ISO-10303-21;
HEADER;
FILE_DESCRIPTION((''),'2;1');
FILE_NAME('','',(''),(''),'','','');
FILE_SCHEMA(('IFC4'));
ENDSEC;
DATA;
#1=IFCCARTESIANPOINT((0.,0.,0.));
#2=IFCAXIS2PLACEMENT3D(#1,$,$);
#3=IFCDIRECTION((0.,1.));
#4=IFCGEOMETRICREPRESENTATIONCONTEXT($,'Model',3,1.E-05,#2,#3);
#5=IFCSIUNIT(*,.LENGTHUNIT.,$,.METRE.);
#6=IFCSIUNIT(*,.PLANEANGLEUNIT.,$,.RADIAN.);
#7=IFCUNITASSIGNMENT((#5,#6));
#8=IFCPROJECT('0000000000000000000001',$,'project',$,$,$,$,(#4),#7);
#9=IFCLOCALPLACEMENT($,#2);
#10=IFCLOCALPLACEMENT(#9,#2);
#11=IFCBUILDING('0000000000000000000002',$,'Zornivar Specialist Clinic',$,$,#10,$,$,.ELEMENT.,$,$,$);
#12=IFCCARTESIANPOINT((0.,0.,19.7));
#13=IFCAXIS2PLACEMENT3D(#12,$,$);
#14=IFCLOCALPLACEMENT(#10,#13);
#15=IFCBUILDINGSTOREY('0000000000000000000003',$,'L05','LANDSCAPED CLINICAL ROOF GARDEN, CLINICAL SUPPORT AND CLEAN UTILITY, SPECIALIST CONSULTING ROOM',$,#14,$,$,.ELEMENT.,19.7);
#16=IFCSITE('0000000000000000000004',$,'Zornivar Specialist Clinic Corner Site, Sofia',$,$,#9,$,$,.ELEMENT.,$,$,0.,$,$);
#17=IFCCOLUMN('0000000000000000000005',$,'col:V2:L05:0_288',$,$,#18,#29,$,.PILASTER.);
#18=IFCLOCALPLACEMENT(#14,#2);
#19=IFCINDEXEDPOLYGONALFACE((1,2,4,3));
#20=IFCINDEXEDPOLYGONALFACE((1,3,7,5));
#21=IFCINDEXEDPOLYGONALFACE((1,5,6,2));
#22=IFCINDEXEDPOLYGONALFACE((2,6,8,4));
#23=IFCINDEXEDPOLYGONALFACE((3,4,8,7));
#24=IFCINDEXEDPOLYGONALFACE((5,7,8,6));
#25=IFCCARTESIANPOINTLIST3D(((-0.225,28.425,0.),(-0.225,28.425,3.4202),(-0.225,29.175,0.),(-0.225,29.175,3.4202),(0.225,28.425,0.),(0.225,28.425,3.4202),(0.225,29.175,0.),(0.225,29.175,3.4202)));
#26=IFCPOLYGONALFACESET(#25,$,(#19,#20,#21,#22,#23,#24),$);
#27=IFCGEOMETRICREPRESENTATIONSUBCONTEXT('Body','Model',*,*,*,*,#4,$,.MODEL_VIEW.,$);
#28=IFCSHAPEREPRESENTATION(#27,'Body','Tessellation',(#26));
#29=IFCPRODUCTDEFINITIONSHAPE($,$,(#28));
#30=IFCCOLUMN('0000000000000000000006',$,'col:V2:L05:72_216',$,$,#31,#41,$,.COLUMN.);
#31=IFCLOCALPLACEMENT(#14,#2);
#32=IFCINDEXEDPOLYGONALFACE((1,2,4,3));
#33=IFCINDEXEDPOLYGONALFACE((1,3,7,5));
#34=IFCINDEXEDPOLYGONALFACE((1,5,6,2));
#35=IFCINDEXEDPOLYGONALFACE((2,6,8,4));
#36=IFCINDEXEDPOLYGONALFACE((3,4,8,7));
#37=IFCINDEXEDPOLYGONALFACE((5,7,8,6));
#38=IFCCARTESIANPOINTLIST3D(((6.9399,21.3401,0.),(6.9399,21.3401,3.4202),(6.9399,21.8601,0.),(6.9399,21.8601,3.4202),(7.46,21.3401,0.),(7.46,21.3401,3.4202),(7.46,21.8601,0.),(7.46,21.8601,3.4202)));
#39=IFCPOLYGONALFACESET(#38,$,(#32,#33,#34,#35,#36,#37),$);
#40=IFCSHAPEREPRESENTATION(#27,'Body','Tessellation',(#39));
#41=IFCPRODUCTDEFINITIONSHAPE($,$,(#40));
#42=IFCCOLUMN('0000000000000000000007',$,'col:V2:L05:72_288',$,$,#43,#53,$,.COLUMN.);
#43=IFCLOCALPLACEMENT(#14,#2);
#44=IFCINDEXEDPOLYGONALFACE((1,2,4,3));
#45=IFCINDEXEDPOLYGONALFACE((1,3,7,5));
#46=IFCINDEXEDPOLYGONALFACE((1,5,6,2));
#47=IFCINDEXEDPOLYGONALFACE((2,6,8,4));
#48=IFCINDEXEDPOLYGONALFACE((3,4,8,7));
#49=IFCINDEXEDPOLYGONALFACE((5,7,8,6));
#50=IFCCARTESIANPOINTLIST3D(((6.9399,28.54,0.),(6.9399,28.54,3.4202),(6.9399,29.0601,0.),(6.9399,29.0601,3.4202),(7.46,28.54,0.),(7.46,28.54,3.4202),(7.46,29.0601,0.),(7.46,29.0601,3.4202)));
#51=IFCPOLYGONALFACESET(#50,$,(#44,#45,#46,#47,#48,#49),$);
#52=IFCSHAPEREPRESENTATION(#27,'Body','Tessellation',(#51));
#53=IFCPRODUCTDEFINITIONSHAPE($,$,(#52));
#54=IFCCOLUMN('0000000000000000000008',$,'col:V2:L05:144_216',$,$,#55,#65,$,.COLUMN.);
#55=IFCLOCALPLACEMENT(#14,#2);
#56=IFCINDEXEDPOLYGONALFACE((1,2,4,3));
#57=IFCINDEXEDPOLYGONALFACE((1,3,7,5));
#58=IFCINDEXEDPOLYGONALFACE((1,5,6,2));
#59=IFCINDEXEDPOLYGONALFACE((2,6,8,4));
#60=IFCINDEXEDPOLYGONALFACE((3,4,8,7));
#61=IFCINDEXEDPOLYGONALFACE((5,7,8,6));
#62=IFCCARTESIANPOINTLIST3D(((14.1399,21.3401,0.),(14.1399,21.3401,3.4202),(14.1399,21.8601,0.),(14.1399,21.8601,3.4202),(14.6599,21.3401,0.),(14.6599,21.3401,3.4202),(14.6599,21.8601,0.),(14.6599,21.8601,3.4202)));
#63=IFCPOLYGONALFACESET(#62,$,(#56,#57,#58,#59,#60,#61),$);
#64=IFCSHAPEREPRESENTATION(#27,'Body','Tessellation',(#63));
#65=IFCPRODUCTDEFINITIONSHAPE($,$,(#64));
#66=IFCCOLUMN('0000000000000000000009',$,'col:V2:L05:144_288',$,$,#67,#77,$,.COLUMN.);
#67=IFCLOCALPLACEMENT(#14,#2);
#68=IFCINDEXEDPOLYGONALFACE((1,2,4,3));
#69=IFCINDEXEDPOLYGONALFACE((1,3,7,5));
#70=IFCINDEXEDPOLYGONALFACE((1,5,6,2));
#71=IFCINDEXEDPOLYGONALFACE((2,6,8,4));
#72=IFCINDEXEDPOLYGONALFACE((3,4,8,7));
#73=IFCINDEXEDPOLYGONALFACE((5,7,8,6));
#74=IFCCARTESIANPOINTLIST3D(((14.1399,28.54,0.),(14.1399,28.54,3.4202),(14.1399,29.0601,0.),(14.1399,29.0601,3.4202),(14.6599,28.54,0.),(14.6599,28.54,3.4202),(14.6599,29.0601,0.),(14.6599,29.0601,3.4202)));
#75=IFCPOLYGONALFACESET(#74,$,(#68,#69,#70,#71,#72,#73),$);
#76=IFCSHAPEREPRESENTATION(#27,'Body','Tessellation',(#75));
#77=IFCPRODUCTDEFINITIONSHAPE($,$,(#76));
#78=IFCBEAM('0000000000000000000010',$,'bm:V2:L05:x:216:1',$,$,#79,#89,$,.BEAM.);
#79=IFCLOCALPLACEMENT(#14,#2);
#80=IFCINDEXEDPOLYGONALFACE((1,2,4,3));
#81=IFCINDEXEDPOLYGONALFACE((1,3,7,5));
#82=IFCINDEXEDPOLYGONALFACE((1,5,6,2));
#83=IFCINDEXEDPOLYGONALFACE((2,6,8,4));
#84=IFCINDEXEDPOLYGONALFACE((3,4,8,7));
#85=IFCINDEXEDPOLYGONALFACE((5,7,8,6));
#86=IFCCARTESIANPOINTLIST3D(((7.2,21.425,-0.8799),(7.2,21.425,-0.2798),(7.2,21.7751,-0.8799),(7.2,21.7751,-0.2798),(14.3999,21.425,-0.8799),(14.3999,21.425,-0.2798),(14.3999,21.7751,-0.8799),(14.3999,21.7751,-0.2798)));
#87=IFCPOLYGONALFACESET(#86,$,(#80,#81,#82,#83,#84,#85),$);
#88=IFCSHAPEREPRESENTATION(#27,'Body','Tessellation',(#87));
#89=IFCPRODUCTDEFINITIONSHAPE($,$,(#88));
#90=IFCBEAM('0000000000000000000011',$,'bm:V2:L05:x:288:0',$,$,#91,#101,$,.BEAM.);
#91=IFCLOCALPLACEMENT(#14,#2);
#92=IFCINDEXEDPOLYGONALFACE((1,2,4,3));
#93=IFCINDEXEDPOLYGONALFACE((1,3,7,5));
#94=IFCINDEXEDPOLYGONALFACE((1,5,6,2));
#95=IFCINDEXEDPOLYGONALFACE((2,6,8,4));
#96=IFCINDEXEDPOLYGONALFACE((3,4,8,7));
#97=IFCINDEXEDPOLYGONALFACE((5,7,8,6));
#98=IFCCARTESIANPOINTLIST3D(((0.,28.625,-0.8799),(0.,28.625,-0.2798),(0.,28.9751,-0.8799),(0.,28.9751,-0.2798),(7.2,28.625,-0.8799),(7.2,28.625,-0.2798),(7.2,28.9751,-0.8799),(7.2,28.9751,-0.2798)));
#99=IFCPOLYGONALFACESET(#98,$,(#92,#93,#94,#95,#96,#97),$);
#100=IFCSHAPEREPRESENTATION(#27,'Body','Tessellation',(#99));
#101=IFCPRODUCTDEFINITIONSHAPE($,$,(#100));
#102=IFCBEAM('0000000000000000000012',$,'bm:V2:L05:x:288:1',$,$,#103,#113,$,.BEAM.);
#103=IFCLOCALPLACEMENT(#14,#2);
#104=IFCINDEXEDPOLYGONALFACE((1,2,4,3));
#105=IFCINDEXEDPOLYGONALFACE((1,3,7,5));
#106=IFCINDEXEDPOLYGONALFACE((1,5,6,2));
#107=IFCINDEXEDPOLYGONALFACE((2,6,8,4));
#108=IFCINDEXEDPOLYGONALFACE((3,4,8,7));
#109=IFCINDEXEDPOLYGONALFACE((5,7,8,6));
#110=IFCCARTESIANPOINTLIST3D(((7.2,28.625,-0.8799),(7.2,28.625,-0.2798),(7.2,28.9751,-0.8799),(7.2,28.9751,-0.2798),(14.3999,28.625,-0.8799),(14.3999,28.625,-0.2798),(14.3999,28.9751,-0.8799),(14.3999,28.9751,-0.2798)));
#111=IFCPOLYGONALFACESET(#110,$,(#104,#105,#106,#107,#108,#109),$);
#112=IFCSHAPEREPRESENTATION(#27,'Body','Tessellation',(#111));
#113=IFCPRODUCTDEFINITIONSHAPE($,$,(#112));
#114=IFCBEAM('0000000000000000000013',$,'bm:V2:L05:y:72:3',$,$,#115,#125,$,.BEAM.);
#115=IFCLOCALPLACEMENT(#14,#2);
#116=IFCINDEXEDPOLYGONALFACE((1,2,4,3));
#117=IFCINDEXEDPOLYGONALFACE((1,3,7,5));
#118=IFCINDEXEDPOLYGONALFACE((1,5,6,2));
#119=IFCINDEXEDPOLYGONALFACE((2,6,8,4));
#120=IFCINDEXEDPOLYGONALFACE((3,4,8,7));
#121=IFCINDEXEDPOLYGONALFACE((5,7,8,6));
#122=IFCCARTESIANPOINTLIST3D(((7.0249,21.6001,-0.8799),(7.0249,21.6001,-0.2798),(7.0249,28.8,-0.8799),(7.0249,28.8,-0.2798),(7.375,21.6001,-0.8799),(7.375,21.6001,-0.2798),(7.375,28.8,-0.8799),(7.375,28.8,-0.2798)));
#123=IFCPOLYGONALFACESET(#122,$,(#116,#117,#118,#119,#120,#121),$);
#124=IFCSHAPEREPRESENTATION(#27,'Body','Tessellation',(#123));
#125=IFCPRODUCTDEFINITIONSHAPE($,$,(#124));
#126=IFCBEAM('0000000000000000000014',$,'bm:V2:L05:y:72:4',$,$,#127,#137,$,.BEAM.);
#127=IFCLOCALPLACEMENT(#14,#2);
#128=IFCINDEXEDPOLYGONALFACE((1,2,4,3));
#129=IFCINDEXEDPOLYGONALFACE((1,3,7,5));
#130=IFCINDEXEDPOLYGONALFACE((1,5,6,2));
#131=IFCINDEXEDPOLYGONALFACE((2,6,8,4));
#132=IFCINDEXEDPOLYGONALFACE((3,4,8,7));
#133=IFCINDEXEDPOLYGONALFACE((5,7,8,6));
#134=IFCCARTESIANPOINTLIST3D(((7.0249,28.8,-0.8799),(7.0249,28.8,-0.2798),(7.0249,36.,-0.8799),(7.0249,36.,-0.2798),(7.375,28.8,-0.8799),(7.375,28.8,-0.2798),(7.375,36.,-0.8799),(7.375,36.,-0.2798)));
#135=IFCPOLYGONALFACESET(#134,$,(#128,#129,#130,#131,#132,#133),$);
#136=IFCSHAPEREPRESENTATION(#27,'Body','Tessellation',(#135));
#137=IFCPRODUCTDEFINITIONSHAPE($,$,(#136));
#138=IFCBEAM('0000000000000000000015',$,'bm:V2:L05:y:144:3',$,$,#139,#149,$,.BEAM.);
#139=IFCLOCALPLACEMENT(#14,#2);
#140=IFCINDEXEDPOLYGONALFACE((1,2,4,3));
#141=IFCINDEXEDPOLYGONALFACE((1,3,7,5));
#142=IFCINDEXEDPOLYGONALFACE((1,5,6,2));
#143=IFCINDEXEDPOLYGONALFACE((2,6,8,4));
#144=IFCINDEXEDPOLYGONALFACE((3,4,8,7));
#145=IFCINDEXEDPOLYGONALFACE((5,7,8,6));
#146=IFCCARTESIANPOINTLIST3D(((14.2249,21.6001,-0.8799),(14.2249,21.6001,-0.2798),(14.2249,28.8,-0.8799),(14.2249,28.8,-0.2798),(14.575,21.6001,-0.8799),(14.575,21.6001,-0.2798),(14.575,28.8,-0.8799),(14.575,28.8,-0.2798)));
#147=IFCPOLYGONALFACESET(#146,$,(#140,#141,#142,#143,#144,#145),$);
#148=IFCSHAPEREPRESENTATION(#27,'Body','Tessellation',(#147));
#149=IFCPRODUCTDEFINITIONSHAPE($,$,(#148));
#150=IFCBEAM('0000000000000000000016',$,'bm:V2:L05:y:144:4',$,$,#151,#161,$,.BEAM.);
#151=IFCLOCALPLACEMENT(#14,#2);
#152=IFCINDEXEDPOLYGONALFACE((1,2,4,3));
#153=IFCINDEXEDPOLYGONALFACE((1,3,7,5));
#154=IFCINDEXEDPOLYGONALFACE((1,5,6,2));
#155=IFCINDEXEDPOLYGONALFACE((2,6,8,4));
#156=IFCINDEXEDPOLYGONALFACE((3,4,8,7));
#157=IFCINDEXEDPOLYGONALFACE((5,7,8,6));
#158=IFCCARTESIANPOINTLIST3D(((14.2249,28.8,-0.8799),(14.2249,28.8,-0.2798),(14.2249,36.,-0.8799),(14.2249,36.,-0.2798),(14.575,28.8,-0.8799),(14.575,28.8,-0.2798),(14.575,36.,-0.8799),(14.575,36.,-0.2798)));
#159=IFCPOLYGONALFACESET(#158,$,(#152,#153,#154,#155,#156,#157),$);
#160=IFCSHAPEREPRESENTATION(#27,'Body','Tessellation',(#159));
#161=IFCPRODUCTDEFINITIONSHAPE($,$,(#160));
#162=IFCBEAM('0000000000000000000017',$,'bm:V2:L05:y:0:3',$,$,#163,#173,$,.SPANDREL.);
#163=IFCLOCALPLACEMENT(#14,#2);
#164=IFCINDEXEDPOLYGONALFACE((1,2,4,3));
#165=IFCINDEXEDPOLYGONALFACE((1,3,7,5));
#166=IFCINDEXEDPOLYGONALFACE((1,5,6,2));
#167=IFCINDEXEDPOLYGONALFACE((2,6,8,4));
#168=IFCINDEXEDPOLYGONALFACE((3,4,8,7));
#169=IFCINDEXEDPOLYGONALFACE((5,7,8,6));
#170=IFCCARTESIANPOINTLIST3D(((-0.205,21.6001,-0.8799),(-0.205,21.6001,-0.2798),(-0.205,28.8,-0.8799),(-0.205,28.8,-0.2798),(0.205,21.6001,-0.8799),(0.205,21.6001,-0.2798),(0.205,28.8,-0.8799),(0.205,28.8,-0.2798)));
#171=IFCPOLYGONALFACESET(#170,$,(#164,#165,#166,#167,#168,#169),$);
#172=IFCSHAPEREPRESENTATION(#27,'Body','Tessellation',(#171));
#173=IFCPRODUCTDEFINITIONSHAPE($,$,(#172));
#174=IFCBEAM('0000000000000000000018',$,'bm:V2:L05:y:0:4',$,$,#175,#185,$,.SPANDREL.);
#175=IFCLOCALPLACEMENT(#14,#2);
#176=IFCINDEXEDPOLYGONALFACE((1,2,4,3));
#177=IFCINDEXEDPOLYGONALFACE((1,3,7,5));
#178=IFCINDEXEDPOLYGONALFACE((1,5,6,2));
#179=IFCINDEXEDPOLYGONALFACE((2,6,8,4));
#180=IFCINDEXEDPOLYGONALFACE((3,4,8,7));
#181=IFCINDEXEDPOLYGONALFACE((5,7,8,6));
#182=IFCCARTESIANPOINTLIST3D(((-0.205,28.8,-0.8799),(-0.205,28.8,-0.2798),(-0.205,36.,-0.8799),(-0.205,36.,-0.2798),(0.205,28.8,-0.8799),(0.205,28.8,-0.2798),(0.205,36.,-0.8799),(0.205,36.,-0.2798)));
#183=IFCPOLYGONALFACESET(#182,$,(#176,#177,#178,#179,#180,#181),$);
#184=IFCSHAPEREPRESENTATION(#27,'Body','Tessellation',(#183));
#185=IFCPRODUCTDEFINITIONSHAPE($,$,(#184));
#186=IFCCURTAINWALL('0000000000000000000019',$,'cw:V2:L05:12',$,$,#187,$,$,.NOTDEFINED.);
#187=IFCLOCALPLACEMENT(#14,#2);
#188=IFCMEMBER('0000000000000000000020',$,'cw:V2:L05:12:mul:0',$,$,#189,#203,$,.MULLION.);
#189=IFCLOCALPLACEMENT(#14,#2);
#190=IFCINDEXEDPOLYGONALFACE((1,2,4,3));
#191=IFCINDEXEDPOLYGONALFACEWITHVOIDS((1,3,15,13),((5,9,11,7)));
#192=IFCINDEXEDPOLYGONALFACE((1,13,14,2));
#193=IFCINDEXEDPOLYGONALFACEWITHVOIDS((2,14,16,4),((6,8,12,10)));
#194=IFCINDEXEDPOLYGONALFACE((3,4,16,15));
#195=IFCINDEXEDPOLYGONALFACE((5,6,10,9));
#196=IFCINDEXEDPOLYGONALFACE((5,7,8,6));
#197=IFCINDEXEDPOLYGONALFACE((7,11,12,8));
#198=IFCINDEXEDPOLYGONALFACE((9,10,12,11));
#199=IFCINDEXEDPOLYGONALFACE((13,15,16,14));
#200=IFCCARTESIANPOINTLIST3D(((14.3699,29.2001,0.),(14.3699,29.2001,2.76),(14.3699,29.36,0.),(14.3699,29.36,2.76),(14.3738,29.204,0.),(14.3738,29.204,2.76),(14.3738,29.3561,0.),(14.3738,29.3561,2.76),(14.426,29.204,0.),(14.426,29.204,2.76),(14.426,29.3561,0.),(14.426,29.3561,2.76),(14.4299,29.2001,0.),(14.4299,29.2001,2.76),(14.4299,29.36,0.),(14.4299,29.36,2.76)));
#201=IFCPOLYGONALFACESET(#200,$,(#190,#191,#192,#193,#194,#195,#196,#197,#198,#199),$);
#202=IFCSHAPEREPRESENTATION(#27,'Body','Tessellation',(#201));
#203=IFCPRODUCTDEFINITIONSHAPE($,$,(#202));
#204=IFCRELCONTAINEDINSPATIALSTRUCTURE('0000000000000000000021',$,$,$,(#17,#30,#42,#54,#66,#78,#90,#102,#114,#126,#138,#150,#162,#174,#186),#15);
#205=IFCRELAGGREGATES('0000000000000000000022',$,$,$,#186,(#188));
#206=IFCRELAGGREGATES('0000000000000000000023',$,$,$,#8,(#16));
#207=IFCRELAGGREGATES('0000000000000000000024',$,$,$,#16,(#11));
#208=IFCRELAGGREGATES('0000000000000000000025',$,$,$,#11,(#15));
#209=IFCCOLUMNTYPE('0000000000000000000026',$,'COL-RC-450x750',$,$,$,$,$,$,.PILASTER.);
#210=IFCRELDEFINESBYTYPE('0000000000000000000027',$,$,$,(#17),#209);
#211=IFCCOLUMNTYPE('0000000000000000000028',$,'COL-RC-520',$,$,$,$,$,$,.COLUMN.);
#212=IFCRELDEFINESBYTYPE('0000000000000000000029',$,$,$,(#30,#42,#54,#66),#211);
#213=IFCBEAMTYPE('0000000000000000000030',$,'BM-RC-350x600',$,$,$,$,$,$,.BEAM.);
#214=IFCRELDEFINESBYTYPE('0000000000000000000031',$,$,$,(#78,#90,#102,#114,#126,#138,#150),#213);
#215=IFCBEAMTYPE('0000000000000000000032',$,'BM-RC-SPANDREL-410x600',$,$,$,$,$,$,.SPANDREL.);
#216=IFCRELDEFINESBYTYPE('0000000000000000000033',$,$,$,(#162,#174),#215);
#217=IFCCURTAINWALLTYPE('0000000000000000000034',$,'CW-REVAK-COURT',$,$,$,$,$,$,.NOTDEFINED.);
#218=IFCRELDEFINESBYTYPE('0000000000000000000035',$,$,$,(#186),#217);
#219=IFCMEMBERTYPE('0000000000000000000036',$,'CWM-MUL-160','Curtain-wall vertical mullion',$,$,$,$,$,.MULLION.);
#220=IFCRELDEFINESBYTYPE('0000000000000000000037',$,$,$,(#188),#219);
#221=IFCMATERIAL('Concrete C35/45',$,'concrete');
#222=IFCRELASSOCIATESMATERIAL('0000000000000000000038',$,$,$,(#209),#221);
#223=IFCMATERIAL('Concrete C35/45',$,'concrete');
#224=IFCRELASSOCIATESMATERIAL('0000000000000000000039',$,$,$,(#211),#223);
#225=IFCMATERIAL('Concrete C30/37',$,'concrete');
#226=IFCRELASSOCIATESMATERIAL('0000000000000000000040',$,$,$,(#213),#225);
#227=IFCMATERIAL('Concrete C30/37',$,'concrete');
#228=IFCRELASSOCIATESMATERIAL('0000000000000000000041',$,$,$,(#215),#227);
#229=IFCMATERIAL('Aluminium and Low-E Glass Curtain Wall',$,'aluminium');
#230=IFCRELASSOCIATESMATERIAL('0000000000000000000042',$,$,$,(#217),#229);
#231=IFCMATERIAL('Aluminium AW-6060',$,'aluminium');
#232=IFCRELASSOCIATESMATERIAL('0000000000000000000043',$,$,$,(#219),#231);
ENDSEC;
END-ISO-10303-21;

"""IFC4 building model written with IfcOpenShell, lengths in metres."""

from ifc_helpers import new_model, si_unit, direction, frame, origin, origin_2d, place, context, subcontext, project, spatial, rectangle, hollow_rectangle, extrude, material, material_profile, profile_set, type_object, element, aggregate, save


model = new_model("IFC4")

# Units and contexts
model_context = context("Model", 3, precision=1e-05, world=origin(), true_north=direction((0.0, 1.0)))
body_context = subcontext(model_context, "Body", "Model", "MODEL_VIEW")
ifc_project = project(units=[si_unit("LENGTHUNIT", "METRE"), si_unit("PLANEANGLEUNIT", "RADIAN")], contexts=[model_context])

# Site, building, storey
site_placement = place(None, origin())
site = spatial("IfcSite", under=ifc_project, at=site_placement, Name="Zornivar Specialist Clinic Corner Site, Sofia", CompositionType="ELEMENT", RefElevation=0.0)
building_placement = place(site_placement, origin())
building = spatial("IfcBuilding", under=site, at=building_placement, Name="Zornivar Specialist Clinic", CompositionType="ELEMENT")
storey_placement = place(building_placement, frame((0.0, 0.0, 19.7)))
storey = spatial("IfcBuildingStorey", under=building, at=storey_placement, Name="L05", Description="LANDSCAPED CLINICAL ROOF GARDEN, CLINICAL SUPPORT AND CLEAN UTILITY, SPECIALIST CONSULTING ROOM", CompositionType="ELEMENT", Elevation=19.7)

# Columns
ifc_material_1 = material(Name="Concrete C35/45", Category="concrete")
ifc_material_profile_1 = material_profile(ifc_material_1, rectangle(XDim=0.45, YDim=0.75, at=origin_2d()), Name="RC 450x750")
ifc_profile_set_1 = profile_set([ifc_material_profile_1], Name="Concrete C35/45")
column_type_1 = type_object("IfcColumnType", Name="COL-RC-450x750", PredefinedType="PILASTER", material=ifc_profile_set_1)
column_placement = place(storey_placement, frame((0.0, 28.8, 0.0), z_axis=(0.0, 0.0, 1.0), x_axis=(1.0, 0.0, 0.0)))
element("IfcColumn", 1, at=column_placement, inside=storey, type_object=column_type_1, Name="col:V2:L05:0_288", PredefinedType="PILASTER", context=body_context, shape_type="SweptSolid", body=[
    extrude(rectangle(XDim=0.45, YDim=0.75, at=origin_2d()), origin(), (0.0, 0.0, 1.0), 3.4202),
])
ifc_material_2 = material(Name="Concrete C35/45", Category="concrete")
ifc_material_profile_2 = material_profile(ifc_material_2, rectangle(XDim=0.52, YDim=0.52, at=origin_2d()), Name="RC 520x520")
ifc_profile_set_2 = profile_set([ifc_material_profile_2], Name="Concrete C35/45")
column_type_2 = type_object("IfcColumnType", Name="COL-RC-520", PredefinedType="COLUMN", material=ifc_profile_set_2)
for number, where, z_axis, x_axis, name in (
    (2, (7.2, 21.6001, 0.0), (0.0, 0.0, 1.0), (1.0, 0.0, 0.0), "col:V2:L05:72_216"),
    (3, (7.2, 28.8, 0.0), (0.0, 0.0, 1.0), (1.0, 0.0, 0.0), "col:V2:L05:72_288"),
    (4, (14.3999, 21.6001, 0.0), (0.0, 0.0, 1.0), (1.0, 0.0, 0.0), "col:V2:L05:144_216"),
    (5, (14.3999, 28.8, 0.0), (0.0, 0.0, 1.0), (1.0, 0.0, 0.0), "col:V2:L05:144_288"),
):
    element("IfcColumn", number, at=place(storey_placement, frame(where, z_axis=z_axis, x_axis=x_axis)), inside=storey, type_object=column_type_2, Name=name, PredefinedType="COLUMN", context=body_context, shape_type="SweptSolid", body=[
        extrude(rectangle(XDim=0.52, YDim=0.52, at=origin_2d()), origin(), (0.0, 0.0, 1.0), 3.4202),
    ])

# Beams
ifc_material_3 = material(Name="Concrete C30/37", Category="concrete")
ifc_material_profile_3 = material_profile(ifc_material_3, rectangle(XDim=0.3501, YDim=0.6001, at=origin_2d()), Name="RC 350x600")
ifc_profile_set_3 = profile_set([ifc_material_profile_3], Name="Concrete C30/37")
beam_type_1 = type_object("IfcBeamType", Name="BM-RC-350x600", PredefinedType="BEAM", material=ifc_profile_set_3)
for number, where, z_axis, x_axis, name in (
    (6, (7.2, 21.6001, -0.5798), (1.0, 0.0, 0.0), (0.0, 1.0, 0.0), "bm:V2:L05:x:216:1"),
    (7, (0.0, 28.8, -0.5798), (1.0, 0.0, 0.0), (0.0, 1.0, 0.0), "bm:V2:L05:x:288:0"),
    (8, (7.2, 28.8, -0.5798), (1.0, 0.0, 0.0), (0.0, 1.0, 0.0), "bm:V2:L05:x:288:1"),
    (9, (7.2, 21.6001, -0.5798), (0.0, 1.0, 0.0), (-1.0, 0.0, 0.0), "bm:V2:L05:y:72:3"),
    (10, (7.2, 28.8, -0.5798), (0.0, 1.0, 0.0), (-1.0, 0.0, 0.0), "bm:V2:L05:y:72:4"),
    (11, (14.3999, 21.6001, -0.5798), (0.0, 1.0, 0.0), (-1.0, 0.0, 0.0), "bm:V2:L05:y:144:3"),
    (12, (14.3999, 28.8, -0.5798), (0.0, 1.0, 0.0), (-1.0, 0.0, 0.0), "bm:V2:L05:y:144:4"),
):
    element("IfcBeam", number, at=place(storey_placement, frame(where, z_axis=z_axis, x_axis=x_axis)), inside=storey, type_object=beam_type_1, Name=name, PredefinedType="BEAM", context=body_context, shape_type="SweptSolid", body=[
        extrude(rectangle(XDim=0.3501, YDim=0.6001, at=origin_2d()), origin(), (0.0, 0.0, 1.0), 7.2),
    ])
ifc_material_4 = material(Name="Concrete C30/37", Category="concrete")
ifc_material_profile_4 = material_profile(ifc_material_4, rectangle(XDim=0.4099, YDim=0.6001, at=origin_2d()), Name="RC 410x600")
ifc_profile_set_4 = profile_set([ifc_material_profile_4], Name="Concrete C30/37")
beam_type_2 = type_object("IfcBeamType", Name="BM-RC-SPANDREL-410x600", PredefinedType="SPANDREL", material=ifc_profile_set_4)
for number, where, z_axis, x_axis, name in (
    (13, (0.0, 21.6001, -0.5798), (0.0, 1.0, 0.0), (-1.0, 0.0, 0.0), "bm:V2:L05:y:0:3"),
    (14, (0.0, 28.8, -0.5798), (0.0, 1.0, 0.0), (-1.0, 0.0, 0.0), "bm:V2:L05:y:0:4"),
):
    element("IfcBeam", number, at=place(storey_placement, frame(where, z_axis=z_axis, x_axis=x_axis)), inside=storey, type_object=beam_type_2, Name=name, PredefinedType="SPANDREL", context=body_context, shape_type="SweptSolid", body=[
        extrude(rectangle(XDim=0.4099, YDim=0.6001, at=origin_2d()), origin(), (0.0, 0.0, 1.0), 7.2),
    ])

# Curtain wall, member
ifc_material_5 = material(Name="Aluminium and Low-E Glass Curtain Wall", Category="aluminium")
curtain_wall_type = type_object("IfcCurtainWallType", Name="CW-REVAK-COURT", PredefinedType="NOTDEFINED", material=ifc_material_5)
curtain_wall_placement = place(storey_placement, origin())
curtain_wall = element("IfcCurtainWall", 15, at=curtain_wall_placement, inside=storey, type_object=curtain_wall_type, Name="cw:V2:L05:12", PredefinedType="NOTDEFINED")
ifc_material_6 = material(Name="Aluminium AW-6060", Category="aluminium")
ifc_material_profile_5 = material_profile(ifc_material_6, hollow_rectangle(XDim=0.0601, YDim=0.1599, WallThickness=0.0039, at=origin_2d()), Name="ALU 60x160x4")
ifc_profile_set_5 = profile_set([ifc_material_profile_5], Name="Aluminium AW-6060")
member_type_1 = type_object("IfcMemberType", Name="CWM-MUL-160", Description="Curtain-wall vertical mullion", PredefinedType="MULLION", material=ifc_profile_set_5)
member_1_placement = place(storey_placement, frame((14.3999, 29.28, 0.0), z_axis=(0.0, 0.0, 1.0), x_axis=(1.0, 0.0, 0.0)))
member_1 = element("IfcMember", 16, at=member_1_placement, type_object=member_type_1, Name="cw:V2:L05:12:mul:0", PredefinedType="MULLION", context=body_context, shape_type="SweptSolid", body=[
    extrude(hollow_rectangle(XDim=0.0601, YDim=0.1599, WallThickness=0.0039, at=origin_2d()), origin(), (0.0, 0.0, 1.0), 2.76),
])
aggregate(curtain_wall, [member_1])

save(model, "model.ifc")
